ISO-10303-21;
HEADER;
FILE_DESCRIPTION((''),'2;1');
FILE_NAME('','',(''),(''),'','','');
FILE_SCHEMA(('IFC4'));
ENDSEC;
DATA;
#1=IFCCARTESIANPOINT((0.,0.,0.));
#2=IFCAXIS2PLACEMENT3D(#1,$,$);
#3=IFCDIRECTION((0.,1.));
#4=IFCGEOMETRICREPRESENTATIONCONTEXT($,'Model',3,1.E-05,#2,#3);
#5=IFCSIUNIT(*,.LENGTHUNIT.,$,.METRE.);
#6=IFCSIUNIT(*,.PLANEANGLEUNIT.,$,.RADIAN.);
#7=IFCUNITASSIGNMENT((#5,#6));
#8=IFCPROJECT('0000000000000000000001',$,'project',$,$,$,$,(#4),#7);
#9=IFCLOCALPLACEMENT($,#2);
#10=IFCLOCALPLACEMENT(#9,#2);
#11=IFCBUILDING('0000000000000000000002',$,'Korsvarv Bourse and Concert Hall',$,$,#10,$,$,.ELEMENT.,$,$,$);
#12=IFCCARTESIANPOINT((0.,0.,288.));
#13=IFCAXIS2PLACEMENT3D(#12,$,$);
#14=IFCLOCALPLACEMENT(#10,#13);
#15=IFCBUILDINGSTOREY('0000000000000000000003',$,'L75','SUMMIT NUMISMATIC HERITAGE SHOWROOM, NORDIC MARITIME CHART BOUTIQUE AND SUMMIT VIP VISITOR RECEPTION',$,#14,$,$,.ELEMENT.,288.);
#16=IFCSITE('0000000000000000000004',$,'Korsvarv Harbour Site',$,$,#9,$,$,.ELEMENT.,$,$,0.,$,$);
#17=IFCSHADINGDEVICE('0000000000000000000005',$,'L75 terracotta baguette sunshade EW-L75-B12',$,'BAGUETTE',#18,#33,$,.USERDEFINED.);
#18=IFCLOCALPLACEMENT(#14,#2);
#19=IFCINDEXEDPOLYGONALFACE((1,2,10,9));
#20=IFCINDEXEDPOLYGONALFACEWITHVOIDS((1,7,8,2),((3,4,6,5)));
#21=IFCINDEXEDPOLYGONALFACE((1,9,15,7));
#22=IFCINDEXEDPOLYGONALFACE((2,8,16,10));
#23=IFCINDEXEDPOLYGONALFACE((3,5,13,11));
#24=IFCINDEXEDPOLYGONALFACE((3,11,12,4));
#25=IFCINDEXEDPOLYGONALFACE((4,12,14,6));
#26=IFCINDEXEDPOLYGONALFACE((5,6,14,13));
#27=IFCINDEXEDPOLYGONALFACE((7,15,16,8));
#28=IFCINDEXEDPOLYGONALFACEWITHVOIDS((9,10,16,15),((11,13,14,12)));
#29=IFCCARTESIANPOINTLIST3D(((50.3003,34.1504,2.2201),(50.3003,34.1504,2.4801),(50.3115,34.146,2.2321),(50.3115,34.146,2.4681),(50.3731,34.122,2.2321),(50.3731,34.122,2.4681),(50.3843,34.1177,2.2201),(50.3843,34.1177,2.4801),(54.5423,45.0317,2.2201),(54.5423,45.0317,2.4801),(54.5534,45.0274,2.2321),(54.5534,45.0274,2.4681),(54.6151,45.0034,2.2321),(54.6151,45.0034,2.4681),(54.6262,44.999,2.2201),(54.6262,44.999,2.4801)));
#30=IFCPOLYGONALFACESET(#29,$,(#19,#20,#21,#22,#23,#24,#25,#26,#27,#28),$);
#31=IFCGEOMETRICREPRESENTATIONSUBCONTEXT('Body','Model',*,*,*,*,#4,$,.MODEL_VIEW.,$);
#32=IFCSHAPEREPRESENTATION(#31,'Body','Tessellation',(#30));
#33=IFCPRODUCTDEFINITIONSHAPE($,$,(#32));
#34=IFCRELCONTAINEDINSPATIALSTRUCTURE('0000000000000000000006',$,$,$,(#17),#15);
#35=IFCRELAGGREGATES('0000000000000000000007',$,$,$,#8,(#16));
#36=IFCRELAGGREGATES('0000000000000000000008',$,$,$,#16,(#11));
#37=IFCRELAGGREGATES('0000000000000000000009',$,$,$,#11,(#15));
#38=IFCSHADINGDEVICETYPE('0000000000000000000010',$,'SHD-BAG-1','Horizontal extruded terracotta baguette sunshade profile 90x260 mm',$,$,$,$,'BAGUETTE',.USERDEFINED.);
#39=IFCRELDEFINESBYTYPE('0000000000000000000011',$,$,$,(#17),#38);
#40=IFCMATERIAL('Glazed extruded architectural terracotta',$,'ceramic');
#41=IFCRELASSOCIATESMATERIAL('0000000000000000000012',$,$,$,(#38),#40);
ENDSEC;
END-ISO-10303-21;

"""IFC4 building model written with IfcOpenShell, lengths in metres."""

from ifc_helpers import new_model, si_unit, direction, frame, origin, origin_2d, place, context, subcontext, project, spatial, hollow_rectangle, extrude, source, transform, mapped, material, material_profile, profile_set, type_object, element, save


model = new_model("IFC4")

# Units and contexts
model_context = context("Model", 3, precision=1e-05, world=origin(), true_north=direction((0.0, 1.0)))
body_context = subcontext(model_context, "Body", "Model", "MODEL_VIEW")
ifc_project = project(units=[si_unit("LENGTHUNIT", "METRE"), si_unit("PLANEANGLEUNIT", "RADIAN")], contexts=[model_context])

# Site, building, storey
site_placement = place(None, origin())
site = spatial("IfcSite", under=ifc_project, at=site_placement, Name="Korsvarv Harbour Site", CompositionType="ELEMENT", RefElevation=0.0)
building_placement = place(site_placement, origin())
building = spatial("IfcBuilding", under=site, at=building_placement, Name="Korsvarv Bourse and Concert Hall", CompositionType="ELEMENT")
storey_placement = place(building_placement, frame((0.0, 0.0, 288.0)))
storey = spatial("IfcBuildingStorey", under=building, at=storey_placement, Name="L75", Description="SUMMIT NUMISMATIC HERITAGE SHOWROOM, NORDIC MARITIME CHART BOUTIQUE AND SUMMIT VIP VISITOR RECEPTION", CompositionType="ELEMENT", Elevation=288.0)

# Shading device
ifc_material_1 = material(Name="Glazed extruded architectural terracotta", Category="ceramic")
ifc_material_profile_1 = material_profile(ifc_material_1, hollow_rectangle(XDim=0.0901, YDim=0.26, WallThickness=0.012, at=origin_2d()), Name="TC-BAG 90x260")
ifc_profile_set_1 = profile_set([ifc_material_profile_1], Name="Glazed extruded architectural terracotta")
shading_device_type = type_object("IfcShadingDeviceType", Name="SHD-BAG-1", Description="Horizontal extruded terracotta baguette sunshade profile 90x260 mm", ElementType="BAGUETTE", PredefinedType="USERDEFINED", material=ifc_profile_set_1)
shared_shape_1 = source(origin(), body_context, "Body", "SweptSolid", [
    extrude(hollow_rectangle(XDim=0.0901, YDim=0.26, WallThickness=0.012, at=origin_2d()), origin(), (0.0, 0.0, 1.0), 11.679),
])
shading_device_placement = place(storey_placement, frame((50.3423, 34.134, 2.3501), z_axis=(0.363213, 0.931706, 0.0), x_axis=(-0.931706, 0.363213, 0.0)))
element("IfcShadingDevice", 1, at=shading_device_placement, inside=storey, type_object=shading_device_type, Name="L75 terracotta baguette sunshade EW-L75-B12", ObjectType="BAGUETTE", PredefinedType="USERDEFINED", context=body_context, shape_type="MappedRepresentation", body=[
    mapped(shared_shape_1, transform((0.0, 0.0, 0.0), scale=1.0)),
])

save(model, "model.ifc")
